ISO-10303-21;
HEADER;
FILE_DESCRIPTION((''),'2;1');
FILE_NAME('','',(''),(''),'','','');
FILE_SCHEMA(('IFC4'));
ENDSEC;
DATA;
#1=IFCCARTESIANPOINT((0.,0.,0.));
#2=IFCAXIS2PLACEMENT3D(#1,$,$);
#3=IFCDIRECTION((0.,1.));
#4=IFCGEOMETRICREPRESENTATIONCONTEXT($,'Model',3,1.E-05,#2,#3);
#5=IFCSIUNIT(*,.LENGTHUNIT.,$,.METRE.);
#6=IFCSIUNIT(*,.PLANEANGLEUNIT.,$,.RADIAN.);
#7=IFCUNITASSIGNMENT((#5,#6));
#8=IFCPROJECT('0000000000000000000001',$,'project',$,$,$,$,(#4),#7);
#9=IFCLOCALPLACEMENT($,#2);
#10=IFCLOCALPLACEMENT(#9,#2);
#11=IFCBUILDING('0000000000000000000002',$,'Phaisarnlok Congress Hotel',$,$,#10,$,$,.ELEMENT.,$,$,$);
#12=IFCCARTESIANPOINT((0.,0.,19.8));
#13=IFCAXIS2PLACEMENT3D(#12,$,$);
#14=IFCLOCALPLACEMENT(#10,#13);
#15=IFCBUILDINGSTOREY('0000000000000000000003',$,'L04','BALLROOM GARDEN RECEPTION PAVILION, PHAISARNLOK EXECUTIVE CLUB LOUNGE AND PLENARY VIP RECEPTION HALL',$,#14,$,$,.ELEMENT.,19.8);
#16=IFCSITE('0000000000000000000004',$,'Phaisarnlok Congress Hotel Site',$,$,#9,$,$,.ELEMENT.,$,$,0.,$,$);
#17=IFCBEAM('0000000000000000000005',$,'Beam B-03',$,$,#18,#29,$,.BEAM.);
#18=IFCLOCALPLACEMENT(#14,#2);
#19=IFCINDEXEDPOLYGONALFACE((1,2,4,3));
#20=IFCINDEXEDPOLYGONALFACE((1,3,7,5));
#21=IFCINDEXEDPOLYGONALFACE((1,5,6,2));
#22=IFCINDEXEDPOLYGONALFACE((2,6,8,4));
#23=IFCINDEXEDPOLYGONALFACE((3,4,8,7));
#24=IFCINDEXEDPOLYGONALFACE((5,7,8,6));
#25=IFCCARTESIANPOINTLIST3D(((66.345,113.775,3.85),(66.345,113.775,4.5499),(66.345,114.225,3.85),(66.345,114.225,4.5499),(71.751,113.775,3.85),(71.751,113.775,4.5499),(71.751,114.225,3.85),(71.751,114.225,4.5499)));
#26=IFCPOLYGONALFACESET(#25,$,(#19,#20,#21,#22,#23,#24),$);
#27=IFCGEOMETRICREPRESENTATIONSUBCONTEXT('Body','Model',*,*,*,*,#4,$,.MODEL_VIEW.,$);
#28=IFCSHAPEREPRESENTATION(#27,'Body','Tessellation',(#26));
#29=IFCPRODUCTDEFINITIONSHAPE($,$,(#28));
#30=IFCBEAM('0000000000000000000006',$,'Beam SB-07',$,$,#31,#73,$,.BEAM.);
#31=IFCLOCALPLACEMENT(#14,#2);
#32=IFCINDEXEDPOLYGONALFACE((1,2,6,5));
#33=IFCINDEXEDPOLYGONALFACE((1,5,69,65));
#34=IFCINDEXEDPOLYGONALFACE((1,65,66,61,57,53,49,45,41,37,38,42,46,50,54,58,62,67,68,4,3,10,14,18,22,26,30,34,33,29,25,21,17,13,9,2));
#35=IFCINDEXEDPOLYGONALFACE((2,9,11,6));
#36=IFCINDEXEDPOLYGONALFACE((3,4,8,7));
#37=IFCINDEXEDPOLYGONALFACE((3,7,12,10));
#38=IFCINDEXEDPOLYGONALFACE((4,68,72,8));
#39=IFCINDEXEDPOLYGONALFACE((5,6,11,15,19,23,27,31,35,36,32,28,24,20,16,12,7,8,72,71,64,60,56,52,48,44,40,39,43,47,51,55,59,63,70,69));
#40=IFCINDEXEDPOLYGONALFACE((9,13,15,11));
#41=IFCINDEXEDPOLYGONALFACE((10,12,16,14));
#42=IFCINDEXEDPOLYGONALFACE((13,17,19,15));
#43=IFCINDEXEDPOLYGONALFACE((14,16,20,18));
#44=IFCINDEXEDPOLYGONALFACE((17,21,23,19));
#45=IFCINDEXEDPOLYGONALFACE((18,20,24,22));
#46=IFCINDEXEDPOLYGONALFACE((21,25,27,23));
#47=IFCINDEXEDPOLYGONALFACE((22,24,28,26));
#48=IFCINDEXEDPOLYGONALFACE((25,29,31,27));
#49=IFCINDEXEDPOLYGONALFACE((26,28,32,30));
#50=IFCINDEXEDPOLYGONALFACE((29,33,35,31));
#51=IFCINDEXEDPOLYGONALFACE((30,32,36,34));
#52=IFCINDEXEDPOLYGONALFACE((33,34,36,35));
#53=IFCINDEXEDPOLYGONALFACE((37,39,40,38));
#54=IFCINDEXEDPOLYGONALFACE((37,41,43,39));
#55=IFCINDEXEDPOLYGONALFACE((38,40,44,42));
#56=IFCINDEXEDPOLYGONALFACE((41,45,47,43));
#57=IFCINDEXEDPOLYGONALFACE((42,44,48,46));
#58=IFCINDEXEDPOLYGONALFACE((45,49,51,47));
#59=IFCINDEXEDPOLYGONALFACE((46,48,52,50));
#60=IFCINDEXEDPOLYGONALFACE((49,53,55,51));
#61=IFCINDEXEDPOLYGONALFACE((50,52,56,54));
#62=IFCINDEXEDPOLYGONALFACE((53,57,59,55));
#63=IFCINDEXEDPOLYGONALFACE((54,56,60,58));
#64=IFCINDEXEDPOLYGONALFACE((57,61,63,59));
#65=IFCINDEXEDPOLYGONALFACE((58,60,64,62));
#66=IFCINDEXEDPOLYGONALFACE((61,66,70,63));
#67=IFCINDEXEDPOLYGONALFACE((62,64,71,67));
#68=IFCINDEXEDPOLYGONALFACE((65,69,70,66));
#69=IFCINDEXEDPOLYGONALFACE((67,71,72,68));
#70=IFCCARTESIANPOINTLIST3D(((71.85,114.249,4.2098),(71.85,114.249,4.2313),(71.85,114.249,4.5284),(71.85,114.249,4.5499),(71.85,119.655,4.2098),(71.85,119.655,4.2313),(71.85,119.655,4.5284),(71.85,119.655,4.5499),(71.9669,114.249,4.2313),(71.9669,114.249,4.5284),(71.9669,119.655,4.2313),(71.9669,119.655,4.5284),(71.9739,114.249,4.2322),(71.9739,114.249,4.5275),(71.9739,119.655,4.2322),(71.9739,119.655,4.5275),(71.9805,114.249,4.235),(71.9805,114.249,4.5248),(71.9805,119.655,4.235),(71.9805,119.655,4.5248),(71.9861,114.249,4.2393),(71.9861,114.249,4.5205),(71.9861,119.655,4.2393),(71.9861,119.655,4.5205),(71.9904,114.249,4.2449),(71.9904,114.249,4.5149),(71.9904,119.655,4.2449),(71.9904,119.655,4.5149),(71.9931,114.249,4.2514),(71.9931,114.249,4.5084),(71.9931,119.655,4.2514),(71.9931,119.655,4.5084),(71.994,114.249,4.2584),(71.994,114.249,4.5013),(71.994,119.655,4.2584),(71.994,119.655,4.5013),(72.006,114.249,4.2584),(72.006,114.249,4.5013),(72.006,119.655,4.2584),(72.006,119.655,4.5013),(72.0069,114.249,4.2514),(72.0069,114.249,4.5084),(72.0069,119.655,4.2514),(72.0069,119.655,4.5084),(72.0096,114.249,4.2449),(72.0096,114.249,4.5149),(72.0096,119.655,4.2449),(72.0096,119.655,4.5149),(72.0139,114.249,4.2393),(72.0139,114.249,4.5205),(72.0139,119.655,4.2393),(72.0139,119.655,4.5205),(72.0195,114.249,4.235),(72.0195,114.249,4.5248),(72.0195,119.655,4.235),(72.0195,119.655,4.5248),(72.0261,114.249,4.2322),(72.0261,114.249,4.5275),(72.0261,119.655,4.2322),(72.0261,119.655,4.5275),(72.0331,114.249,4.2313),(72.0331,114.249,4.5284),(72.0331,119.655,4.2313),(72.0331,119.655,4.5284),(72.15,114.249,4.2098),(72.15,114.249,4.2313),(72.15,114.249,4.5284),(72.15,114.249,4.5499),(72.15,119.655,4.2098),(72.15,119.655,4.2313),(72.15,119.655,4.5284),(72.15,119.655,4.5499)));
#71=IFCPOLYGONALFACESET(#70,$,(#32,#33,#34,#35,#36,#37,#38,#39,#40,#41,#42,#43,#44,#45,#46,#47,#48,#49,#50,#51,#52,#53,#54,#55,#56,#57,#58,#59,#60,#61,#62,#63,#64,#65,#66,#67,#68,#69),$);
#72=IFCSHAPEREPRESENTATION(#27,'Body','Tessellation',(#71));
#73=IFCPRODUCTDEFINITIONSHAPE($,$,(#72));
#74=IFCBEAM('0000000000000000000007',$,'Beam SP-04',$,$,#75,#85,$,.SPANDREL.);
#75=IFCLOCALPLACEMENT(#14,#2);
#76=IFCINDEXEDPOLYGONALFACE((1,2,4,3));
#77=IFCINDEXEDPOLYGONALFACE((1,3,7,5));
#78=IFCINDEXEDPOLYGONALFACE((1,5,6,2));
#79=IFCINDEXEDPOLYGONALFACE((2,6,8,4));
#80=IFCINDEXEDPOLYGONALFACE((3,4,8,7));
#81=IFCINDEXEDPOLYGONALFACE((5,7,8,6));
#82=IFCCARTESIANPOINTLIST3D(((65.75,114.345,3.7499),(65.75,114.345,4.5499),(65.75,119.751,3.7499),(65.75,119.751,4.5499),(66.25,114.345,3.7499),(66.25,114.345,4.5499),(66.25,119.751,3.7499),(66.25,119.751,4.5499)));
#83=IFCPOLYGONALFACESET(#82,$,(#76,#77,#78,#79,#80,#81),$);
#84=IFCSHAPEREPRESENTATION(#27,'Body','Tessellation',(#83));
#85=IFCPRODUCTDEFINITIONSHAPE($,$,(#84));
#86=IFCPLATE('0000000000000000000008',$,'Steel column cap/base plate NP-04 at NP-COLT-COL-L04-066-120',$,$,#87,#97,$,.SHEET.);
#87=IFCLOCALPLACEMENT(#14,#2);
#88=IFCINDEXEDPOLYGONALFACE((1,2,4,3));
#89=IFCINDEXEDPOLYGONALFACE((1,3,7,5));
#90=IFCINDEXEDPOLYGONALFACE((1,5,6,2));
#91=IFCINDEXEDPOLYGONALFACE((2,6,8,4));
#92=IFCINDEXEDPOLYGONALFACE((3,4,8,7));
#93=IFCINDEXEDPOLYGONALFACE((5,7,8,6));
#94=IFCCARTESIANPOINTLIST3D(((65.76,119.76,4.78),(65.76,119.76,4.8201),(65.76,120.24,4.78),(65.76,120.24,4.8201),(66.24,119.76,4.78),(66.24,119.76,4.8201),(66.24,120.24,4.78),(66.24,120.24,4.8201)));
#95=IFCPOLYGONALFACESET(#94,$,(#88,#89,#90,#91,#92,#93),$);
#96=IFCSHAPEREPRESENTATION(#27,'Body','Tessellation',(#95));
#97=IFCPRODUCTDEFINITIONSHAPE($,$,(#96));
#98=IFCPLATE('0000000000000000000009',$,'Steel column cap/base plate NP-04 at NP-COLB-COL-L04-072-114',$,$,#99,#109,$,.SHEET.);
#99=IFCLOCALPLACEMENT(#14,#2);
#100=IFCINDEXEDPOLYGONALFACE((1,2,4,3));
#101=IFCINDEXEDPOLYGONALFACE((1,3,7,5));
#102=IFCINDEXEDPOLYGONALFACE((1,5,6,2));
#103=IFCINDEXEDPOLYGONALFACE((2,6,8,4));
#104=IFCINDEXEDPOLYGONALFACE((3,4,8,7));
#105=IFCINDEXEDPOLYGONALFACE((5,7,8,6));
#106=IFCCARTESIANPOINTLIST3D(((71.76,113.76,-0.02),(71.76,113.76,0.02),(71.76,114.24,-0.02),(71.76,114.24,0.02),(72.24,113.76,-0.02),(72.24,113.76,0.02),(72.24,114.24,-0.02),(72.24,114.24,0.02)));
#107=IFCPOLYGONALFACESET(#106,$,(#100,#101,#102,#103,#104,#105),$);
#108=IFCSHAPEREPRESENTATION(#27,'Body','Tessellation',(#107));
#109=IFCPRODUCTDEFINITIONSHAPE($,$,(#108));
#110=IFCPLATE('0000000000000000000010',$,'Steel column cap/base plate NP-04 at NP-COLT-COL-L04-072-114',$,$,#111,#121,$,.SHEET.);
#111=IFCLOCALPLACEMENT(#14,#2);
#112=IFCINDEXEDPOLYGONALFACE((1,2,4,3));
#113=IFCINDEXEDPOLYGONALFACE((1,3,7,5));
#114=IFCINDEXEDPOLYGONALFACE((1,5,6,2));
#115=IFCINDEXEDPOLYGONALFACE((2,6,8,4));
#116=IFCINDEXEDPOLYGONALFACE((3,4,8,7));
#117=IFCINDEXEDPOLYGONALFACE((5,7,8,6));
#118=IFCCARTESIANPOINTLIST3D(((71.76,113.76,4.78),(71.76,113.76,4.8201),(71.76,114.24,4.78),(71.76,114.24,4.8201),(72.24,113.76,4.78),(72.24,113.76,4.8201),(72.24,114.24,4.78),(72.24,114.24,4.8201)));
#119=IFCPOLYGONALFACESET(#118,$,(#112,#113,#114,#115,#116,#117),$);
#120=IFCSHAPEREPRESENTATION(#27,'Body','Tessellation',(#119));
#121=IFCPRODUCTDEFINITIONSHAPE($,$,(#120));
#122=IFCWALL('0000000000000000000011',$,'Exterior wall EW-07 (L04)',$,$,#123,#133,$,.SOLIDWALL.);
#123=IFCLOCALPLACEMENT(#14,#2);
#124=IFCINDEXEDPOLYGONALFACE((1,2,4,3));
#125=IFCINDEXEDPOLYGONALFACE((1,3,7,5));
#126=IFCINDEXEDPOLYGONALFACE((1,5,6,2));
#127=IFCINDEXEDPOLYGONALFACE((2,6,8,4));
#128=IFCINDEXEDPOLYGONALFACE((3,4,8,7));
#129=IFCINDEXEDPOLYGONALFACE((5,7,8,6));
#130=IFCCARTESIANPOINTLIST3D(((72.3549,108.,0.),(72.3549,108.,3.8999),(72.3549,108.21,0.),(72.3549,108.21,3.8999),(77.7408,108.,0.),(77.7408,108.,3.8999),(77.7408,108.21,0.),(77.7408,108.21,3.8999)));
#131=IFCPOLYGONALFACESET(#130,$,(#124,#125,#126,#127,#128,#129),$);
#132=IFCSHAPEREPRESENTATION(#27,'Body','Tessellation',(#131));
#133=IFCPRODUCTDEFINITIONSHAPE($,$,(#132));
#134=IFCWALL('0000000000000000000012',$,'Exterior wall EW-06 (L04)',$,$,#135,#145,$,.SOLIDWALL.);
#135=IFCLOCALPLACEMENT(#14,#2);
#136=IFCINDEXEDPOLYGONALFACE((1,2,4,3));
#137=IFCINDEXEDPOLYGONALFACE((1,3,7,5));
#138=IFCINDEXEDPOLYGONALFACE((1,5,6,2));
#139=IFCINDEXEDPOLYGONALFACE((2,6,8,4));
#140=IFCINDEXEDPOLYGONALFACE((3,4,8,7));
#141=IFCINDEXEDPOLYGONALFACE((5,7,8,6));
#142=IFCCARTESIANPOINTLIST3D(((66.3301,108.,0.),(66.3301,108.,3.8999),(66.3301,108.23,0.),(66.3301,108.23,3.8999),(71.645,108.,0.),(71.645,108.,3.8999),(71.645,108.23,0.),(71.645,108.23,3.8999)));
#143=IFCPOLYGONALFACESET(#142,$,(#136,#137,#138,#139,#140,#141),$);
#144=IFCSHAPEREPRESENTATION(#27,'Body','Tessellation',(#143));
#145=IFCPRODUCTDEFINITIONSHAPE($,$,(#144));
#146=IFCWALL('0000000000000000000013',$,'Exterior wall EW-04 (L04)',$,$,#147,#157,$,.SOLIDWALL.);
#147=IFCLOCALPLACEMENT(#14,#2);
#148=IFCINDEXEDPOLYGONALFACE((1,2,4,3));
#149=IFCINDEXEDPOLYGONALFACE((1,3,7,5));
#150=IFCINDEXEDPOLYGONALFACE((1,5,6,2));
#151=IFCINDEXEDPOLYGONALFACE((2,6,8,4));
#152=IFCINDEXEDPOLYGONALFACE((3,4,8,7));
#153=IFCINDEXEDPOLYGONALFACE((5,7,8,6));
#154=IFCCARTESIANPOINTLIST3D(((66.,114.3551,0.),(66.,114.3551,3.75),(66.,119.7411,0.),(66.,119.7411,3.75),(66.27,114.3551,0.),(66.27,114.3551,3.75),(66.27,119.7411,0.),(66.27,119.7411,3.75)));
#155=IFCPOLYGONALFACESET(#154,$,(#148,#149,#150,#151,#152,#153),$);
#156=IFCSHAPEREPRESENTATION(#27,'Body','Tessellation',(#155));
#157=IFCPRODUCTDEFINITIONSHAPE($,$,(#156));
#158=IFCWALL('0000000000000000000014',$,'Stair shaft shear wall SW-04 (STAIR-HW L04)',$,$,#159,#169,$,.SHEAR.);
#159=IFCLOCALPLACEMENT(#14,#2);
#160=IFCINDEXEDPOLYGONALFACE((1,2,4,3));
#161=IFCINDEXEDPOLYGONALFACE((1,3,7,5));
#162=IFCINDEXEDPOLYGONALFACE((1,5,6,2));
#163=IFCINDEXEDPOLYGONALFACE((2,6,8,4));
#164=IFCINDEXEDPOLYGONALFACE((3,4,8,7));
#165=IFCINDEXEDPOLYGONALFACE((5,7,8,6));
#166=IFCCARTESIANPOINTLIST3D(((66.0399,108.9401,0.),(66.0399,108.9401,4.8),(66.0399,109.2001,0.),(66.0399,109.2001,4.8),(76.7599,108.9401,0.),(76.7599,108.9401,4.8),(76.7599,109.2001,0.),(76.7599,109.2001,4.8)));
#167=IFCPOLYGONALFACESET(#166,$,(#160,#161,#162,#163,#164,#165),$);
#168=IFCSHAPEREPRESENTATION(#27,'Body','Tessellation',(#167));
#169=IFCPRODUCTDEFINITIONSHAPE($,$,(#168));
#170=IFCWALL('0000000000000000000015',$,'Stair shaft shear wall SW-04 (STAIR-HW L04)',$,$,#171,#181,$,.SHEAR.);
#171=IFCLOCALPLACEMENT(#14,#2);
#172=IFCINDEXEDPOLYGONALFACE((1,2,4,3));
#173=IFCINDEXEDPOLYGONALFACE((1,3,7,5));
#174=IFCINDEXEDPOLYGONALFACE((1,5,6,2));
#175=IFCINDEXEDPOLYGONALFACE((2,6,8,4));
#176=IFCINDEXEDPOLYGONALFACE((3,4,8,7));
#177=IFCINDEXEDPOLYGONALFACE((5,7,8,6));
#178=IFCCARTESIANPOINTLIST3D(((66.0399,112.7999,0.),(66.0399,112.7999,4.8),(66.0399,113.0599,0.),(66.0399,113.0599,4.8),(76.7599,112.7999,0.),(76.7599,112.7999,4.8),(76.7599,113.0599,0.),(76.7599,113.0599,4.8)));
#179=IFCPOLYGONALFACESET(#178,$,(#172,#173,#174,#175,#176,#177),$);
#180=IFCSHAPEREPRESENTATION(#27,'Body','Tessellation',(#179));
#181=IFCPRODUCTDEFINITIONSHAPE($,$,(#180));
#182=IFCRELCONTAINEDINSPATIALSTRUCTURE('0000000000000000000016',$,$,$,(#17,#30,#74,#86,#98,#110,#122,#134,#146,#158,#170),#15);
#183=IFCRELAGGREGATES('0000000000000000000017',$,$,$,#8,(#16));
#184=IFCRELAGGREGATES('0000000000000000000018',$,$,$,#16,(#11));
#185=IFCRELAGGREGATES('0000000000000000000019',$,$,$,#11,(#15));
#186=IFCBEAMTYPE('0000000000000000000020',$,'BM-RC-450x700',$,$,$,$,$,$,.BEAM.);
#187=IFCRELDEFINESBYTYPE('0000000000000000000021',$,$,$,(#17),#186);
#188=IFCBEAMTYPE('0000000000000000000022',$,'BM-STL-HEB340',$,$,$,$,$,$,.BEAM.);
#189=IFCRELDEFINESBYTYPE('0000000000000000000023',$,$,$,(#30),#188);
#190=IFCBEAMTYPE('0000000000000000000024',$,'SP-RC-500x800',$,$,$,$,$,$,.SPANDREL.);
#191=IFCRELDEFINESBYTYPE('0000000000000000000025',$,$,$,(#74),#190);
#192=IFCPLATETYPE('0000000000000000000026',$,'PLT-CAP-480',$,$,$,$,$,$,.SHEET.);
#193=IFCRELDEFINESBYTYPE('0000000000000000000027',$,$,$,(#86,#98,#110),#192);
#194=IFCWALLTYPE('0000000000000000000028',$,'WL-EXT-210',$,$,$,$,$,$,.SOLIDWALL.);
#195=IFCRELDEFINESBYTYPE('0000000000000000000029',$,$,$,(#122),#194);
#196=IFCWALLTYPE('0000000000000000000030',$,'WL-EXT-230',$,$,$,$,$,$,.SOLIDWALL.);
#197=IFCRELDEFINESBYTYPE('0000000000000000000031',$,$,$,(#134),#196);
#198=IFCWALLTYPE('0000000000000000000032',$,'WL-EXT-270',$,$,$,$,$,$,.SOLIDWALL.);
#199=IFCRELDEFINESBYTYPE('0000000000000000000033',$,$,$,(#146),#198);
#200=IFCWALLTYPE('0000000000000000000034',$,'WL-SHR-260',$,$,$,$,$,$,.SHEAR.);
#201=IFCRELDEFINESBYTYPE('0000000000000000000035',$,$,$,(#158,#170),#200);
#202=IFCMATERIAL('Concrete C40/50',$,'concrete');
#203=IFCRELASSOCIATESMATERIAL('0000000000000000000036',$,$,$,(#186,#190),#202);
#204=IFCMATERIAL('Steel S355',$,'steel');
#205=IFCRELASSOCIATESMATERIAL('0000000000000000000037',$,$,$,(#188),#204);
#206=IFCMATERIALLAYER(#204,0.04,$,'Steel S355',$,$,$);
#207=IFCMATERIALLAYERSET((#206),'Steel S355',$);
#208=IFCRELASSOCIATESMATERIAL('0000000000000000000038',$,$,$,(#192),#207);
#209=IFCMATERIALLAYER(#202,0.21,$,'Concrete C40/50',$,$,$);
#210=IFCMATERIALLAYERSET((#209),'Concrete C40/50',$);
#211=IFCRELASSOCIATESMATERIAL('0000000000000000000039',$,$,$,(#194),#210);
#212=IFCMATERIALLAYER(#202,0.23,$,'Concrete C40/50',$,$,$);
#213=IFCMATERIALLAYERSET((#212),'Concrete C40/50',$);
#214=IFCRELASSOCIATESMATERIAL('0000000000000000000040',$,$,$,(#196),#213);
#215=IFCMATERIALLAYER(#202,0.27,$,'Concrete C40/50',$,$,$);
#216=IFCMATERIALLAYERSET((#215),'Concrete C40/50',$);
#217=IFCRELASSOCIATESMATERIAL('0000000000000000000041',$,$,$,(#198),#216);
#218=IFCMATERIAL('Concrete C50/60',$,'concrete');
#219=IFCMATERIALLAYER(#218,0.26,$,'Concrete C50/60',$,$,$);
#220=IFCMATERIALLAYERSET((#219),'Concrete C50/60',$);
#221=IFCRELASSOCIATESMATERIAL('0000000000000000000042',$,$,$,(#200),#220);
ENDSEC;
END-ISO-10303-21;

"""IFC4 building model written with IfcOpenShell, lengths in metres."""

from ifc_helpers import new_model, si_unit, direction, frame, frame_2d, origin, origin_2d, place, context, subcontext, project, spatial, rectangle, i_section, extrude, material, layer, layer_set, material_profile, profile_set, type_object, element, save


model = new_model("IFC4")

# Units and contexts
model_context = context("Model", 3, precision=1e-05, world=origin(), true_north=direction((0.0, 1.0)))
body_context = subcontext(model_context, "Body", "Model", "MODEL_VIEW")
ifc_project = project(units=[si_unit("LENGTHUNIT", "METRE"), si_unit("PLANEANGLEUNIT", "RADIAN")], contexts=[model_context])

# Site, building, storey
site_placement = place(None, origin())
site = spatial("IfcSite", under=ifc_project, at=site_placement, Name="Phaisarnlok Congress Hotel Site", CompositionType="ELEMENT", RefElevation=0.0)
building_placement = place(site_placement, origin())
building = spatial("IfcBuilding", under=site, at=building_placement, Name="Phaisarnlok Congress Hotel", CompositionType="ELEMENT")
storey_placement = place(building_placement, frame((0.0, 0.0, 19.8)))
storey = spatial("IfcBuildingStorey", under=building, at=storey_placement, Name="L04", Description="BALLROOM GARDEN RECEPTION PAVILION, PHAISARNLOK EXECUTIVE CLUB LOUNGE AND PLENARY VIP RECEPTION HALL", CompositionType="ELEMENT", Elevation=19.8)

# Shared definitions
ifc_material_1 = material(Name="Concrete C50/60", Category="concrete")
ifc_material_2 = material(Name="Steel S355", Category="steel")

# Beams
ifc_material_3 = material(Name="Concrete C40/50", Category="concrete")
ifc_material_profile_1 = material_profile(ifc_material_3, rectangle(XDim=0.45, YDim=0.7, at=origin_2d()), Name="RC 450x700")
ifc_profile_set_1 = profile_set([ifc_material_profile_1], Name="Concrete C40/50")
beam_type_1 = type_object("IfcBeamType", Name="BM-RC-450x700", PredefinedType="BEAM", material=ifc_profile_set_1)
beam_1_placement = place(storey_placement, frame((66.345, 114.0, 4.2), z_axis=(1.0, 0.0, 0.0), x_axis=(0.0, 1.0, 0.0)))
element("IfcBeam", 1, at=beam_1_placement, inside=storey, type_object=beam_type_1, Name="Beam B-03", PredefinedType="BEAM", context=body_context, shape_type="SweptSolid", body=[
    extrude(rectangle(XDim=0.45, YDim=0.7, at=origin_2d()), origin(), (0.0, 0.0, 1.0), 5.406),
])
ifc_material_profile_2 = material_profile(ifc_material_2, i_section(OverallWidth=0.3, OverallDepth=0.3401, WebThickness=0.012, FlangeThickness=0.0215, FilletRadius=0.0271, at=origin_2d()), Name="HEB 340")
ifc_profile_set_2 = profile_set([ifc_material_profile_2], Name="Steel S355")
beam_type_2 = type_object("IfcBeamType", Name="BM-STL-HEB340", PredefinedType="BEAM", material=ifc_profile_set_2)
beam_2_placement = place(storey_placement, frame((72.0, 114.249, 4.3799), z_axis=(0.0, 1.0, 0.0), x_axis=(-1.0, 0.0, 0.0)))
element("IfcBeam", 2, at=beam_2_placement, inside=storey, type_object=beam_type_2, Name="Beam SB-07", PredefinedType="BEAM", context=body_context, shape_type="SweptSolid", body=[
    extrude(i_section(OverallWidth=0.3, OverallDepth=0.3401, WebThickness=0.012, FlangeThickness=0.0215, FilletRadius=0.0271, at=origin_2d()), origin(), (0.0, 0.0, 1.0), 5.406),
])
ifc_material_profile_3 = material_profile(ifc_material_3, rectangle(XDim=0.5, YDim=0.8, at=origin_2d()), Name="RC 500x800")
ifc_profile_set_3 = profile_set([ifc_material_profile_3], Name="Concrete C40/50")
beam_type_3 = type_object("IfcBeamType", Name="SP-RC-500x800", PredefinedType="SPANDREL", material=ifc_profile_set_3)
beam_3_placement = place(storey_placement, frame((66.0, 114.345, 4.1499), z_axis=(0.0, 1.0, 0.0), x_axis=(-1.0, 0.0, 0.0)))
element("IfcBeam", 3, at=beam_3_placement, inside=storey, type_object=beam_type_3, Name="Beam SP-04", PredefinedType="SPANDREL", context=body_context, shape_type="SweptSolid", body=[
    extrude(rectangle(XDim=0.5, YDim=0.8, at=origin_2d()), origin(), (0.0, 0.0, 1.0), 5.406),
])

# Plates
ifc_layer_1 = layer(ifc_material_2, 0.04, Name="Steel S355")
ifc_layer_set_1 = layer_set([ifc_layer_1], Name="Steel S355")
plate_type = type_object("IfcPlateType", Name="PLT-CAP-480", PredefinedType="SHEET", material=ifc_layer_set_1)
for number, where, z_axis, x_axis, name in (
    (4, (66.0, 120.0, 4.78), (0.0, 0.0, 1.0), (1.0, 0.0, 0.0), "Steel column cap/base plate NP-04 at NP-COLT-COL-L04-066-120"),
    (5, (72.0, 114.0, -0.02), (0.0, 0.0, 1.0), (1.0, 0.0, 0.0), "Steel column cap/base plate NP-04 at NP-COLB-COL-L04-072-114"),
    (6, (72.0, 114.0, 4.78), (0.0, 0.0, 1.0), (1.0, 0.0, 0.0), "Steel column cap/base plate NP-04 at NP-COLT-COL-L04-072-114"),
):
    element("IfcPlate", number, at=place(storey_placement, frame(where, z_axis=z_axis, x_axis=x_axis)), inside=storey, type_object=plate_type, Name=name, PredefinedType="SHEET", context=body_context, shape_type="SweptSolid", body=[
        extrude(rectangle(XDim=0.48, YDim=0.48, at=origin_2d()), origin(), (0.0, 0.0, 1.0), 0.04),
    ])

# Walls
ifc_layer_2 = layer(ifc_material_3, 0.21, Name="Concrete C40/50")
ifc_layer_set_2 = layer_set([ifc_layer_2], Name="Concrete C40/50")
wall_type_1 = type_object("IfcWallType", Name="WL-EXT-210", PredefinedType="SOLIDWALL", material=ifc_layer_set_2)
wall_1_placement = place(storey_placement, frame((72.355, 108.105, 0.0), z_axis=(0.0, 0.0, 1.0), x_axis=(1.0, 0.0, 0.0)))
element("IfcWall", 7, at=wall_1_placement, inside=storey, type_object=wall_type_1, Name="Exterior wall EW-07 (L04)", PredefinedType="SOLIDWALL", context=body_context, shape_type="SweptSolid", body=[
    extrude(rectangle(XDim=5.386, YDim=0.21, at=frame_2d((2.6929, 0.0))), origin(), (0.0, 0.0, 1.0), 3.8999),
])
ifc_layer_3 = layer(ifc_material_3, 0.23, Name="Concrete C40/50")
ifc_layer_set_3 = layer_set([ifc_layer_3], Name="Concrete C40/50")
wall_type_2 = type_object("IfcWallType", Name="WL-EXT-230", PredefinedType="SOLIDWALL", material=ifc_layer_set_3)
wall_2_placement = place(storey_placement, frame((66.3301, 108.115, 0.0), z_axis=(0.0, 0.0, 1.0), x_axis=(1.0, 0.0, 0.0)))
element("IfcWall", 8, at=wall_2_placement, inside=storey, type_object=wall_type_2, Name="Exterior wall EW-06 (L04)", PredefinedType="SOLIDWALL", context=body_context, shape_type="SweptSolid", body=[
    extrude(rectangle(XDim=5.3149, YDim=0.23, at=frame_2d((2.6575, 0.0))), origin(), (0.0, 0.0, 1.0), 3.8999),
])
ifc_layer_4 = layer(ifc_material_3, 0.27, Name="Concrete C40/50")
ifc_layer_set_4 = layer_set([ifc_layer_4], Name="Concrete C40/50")
wall_type_3 = type_object("IfcWallType", Name="WL-EXT-270", PredefinedType="SOLIDWALL", material=ifc_layer_set_4)
wall_3_placement = place(storey_placement, frame((66.135, 119.741, 0.0), z_axis=(0.0, 0.0, 1.0), x_axis=(0.0, -1.0, 0.0)))
element("IfcWall", 9, at=wall_3_placement, inside=storey, type_object=wall_type_3, Name="Exterior wall EW-04 (L04)", PredefinedType="SOLIDWALL", context=body_context, shape_type="SweptSolid", body=[
    extrude(rectangle(XDim=5.386, YDim=0.27, at=frame_2d((2.6929, 0.0))), origin(), (0.0, 0.0, 1.0), 3.75),
])
ifc_layer_5 = layer(ifc_material_1, 0.26, Name="Concrete C50/60")
ifc_layer_set_5 = layer_set([ifc_layer_5], Name="Concrete C50/60")
wall_type_4 = type_object("IfcWallType", Name="WL-SHR-260", PredefinedType="SHEAR", material=ifc_layer_set_5)
for number, where, z_axis, x_axis, name in (
    (10, (66.04, 109.0701, 0.0), (0.0, 0.0, 1.0), (1.0, 0.0, 0.0), "Stair shaft shear wall SW-04 (STAIR-HW L04)"),
    (11, (66.04, 112.9299, 0.0), (0.0, 0.0, 1.0), (1.0, 0.0, 0.0), "Stair shaft shear wall SW-04 (STAIR-HW L04)"),
):
    element("IfcWall", number, at=place(storey_placement, frame(where, z_axis=z_axis, x_axis=x_axis)), inside=storey, type_object=wall_type_4, Name=name, PredefinedType="SHEAR", context=body_context, shape_type="SweptSolid", body=[
        extrude(rectangle(XDim=10.72, YDim=0.26, at=frame_2d((5.3599, 0.0))), origin(), (0.0, 0.0, 1.0), 4.8),
    ])

save(model, "model.ifc")
